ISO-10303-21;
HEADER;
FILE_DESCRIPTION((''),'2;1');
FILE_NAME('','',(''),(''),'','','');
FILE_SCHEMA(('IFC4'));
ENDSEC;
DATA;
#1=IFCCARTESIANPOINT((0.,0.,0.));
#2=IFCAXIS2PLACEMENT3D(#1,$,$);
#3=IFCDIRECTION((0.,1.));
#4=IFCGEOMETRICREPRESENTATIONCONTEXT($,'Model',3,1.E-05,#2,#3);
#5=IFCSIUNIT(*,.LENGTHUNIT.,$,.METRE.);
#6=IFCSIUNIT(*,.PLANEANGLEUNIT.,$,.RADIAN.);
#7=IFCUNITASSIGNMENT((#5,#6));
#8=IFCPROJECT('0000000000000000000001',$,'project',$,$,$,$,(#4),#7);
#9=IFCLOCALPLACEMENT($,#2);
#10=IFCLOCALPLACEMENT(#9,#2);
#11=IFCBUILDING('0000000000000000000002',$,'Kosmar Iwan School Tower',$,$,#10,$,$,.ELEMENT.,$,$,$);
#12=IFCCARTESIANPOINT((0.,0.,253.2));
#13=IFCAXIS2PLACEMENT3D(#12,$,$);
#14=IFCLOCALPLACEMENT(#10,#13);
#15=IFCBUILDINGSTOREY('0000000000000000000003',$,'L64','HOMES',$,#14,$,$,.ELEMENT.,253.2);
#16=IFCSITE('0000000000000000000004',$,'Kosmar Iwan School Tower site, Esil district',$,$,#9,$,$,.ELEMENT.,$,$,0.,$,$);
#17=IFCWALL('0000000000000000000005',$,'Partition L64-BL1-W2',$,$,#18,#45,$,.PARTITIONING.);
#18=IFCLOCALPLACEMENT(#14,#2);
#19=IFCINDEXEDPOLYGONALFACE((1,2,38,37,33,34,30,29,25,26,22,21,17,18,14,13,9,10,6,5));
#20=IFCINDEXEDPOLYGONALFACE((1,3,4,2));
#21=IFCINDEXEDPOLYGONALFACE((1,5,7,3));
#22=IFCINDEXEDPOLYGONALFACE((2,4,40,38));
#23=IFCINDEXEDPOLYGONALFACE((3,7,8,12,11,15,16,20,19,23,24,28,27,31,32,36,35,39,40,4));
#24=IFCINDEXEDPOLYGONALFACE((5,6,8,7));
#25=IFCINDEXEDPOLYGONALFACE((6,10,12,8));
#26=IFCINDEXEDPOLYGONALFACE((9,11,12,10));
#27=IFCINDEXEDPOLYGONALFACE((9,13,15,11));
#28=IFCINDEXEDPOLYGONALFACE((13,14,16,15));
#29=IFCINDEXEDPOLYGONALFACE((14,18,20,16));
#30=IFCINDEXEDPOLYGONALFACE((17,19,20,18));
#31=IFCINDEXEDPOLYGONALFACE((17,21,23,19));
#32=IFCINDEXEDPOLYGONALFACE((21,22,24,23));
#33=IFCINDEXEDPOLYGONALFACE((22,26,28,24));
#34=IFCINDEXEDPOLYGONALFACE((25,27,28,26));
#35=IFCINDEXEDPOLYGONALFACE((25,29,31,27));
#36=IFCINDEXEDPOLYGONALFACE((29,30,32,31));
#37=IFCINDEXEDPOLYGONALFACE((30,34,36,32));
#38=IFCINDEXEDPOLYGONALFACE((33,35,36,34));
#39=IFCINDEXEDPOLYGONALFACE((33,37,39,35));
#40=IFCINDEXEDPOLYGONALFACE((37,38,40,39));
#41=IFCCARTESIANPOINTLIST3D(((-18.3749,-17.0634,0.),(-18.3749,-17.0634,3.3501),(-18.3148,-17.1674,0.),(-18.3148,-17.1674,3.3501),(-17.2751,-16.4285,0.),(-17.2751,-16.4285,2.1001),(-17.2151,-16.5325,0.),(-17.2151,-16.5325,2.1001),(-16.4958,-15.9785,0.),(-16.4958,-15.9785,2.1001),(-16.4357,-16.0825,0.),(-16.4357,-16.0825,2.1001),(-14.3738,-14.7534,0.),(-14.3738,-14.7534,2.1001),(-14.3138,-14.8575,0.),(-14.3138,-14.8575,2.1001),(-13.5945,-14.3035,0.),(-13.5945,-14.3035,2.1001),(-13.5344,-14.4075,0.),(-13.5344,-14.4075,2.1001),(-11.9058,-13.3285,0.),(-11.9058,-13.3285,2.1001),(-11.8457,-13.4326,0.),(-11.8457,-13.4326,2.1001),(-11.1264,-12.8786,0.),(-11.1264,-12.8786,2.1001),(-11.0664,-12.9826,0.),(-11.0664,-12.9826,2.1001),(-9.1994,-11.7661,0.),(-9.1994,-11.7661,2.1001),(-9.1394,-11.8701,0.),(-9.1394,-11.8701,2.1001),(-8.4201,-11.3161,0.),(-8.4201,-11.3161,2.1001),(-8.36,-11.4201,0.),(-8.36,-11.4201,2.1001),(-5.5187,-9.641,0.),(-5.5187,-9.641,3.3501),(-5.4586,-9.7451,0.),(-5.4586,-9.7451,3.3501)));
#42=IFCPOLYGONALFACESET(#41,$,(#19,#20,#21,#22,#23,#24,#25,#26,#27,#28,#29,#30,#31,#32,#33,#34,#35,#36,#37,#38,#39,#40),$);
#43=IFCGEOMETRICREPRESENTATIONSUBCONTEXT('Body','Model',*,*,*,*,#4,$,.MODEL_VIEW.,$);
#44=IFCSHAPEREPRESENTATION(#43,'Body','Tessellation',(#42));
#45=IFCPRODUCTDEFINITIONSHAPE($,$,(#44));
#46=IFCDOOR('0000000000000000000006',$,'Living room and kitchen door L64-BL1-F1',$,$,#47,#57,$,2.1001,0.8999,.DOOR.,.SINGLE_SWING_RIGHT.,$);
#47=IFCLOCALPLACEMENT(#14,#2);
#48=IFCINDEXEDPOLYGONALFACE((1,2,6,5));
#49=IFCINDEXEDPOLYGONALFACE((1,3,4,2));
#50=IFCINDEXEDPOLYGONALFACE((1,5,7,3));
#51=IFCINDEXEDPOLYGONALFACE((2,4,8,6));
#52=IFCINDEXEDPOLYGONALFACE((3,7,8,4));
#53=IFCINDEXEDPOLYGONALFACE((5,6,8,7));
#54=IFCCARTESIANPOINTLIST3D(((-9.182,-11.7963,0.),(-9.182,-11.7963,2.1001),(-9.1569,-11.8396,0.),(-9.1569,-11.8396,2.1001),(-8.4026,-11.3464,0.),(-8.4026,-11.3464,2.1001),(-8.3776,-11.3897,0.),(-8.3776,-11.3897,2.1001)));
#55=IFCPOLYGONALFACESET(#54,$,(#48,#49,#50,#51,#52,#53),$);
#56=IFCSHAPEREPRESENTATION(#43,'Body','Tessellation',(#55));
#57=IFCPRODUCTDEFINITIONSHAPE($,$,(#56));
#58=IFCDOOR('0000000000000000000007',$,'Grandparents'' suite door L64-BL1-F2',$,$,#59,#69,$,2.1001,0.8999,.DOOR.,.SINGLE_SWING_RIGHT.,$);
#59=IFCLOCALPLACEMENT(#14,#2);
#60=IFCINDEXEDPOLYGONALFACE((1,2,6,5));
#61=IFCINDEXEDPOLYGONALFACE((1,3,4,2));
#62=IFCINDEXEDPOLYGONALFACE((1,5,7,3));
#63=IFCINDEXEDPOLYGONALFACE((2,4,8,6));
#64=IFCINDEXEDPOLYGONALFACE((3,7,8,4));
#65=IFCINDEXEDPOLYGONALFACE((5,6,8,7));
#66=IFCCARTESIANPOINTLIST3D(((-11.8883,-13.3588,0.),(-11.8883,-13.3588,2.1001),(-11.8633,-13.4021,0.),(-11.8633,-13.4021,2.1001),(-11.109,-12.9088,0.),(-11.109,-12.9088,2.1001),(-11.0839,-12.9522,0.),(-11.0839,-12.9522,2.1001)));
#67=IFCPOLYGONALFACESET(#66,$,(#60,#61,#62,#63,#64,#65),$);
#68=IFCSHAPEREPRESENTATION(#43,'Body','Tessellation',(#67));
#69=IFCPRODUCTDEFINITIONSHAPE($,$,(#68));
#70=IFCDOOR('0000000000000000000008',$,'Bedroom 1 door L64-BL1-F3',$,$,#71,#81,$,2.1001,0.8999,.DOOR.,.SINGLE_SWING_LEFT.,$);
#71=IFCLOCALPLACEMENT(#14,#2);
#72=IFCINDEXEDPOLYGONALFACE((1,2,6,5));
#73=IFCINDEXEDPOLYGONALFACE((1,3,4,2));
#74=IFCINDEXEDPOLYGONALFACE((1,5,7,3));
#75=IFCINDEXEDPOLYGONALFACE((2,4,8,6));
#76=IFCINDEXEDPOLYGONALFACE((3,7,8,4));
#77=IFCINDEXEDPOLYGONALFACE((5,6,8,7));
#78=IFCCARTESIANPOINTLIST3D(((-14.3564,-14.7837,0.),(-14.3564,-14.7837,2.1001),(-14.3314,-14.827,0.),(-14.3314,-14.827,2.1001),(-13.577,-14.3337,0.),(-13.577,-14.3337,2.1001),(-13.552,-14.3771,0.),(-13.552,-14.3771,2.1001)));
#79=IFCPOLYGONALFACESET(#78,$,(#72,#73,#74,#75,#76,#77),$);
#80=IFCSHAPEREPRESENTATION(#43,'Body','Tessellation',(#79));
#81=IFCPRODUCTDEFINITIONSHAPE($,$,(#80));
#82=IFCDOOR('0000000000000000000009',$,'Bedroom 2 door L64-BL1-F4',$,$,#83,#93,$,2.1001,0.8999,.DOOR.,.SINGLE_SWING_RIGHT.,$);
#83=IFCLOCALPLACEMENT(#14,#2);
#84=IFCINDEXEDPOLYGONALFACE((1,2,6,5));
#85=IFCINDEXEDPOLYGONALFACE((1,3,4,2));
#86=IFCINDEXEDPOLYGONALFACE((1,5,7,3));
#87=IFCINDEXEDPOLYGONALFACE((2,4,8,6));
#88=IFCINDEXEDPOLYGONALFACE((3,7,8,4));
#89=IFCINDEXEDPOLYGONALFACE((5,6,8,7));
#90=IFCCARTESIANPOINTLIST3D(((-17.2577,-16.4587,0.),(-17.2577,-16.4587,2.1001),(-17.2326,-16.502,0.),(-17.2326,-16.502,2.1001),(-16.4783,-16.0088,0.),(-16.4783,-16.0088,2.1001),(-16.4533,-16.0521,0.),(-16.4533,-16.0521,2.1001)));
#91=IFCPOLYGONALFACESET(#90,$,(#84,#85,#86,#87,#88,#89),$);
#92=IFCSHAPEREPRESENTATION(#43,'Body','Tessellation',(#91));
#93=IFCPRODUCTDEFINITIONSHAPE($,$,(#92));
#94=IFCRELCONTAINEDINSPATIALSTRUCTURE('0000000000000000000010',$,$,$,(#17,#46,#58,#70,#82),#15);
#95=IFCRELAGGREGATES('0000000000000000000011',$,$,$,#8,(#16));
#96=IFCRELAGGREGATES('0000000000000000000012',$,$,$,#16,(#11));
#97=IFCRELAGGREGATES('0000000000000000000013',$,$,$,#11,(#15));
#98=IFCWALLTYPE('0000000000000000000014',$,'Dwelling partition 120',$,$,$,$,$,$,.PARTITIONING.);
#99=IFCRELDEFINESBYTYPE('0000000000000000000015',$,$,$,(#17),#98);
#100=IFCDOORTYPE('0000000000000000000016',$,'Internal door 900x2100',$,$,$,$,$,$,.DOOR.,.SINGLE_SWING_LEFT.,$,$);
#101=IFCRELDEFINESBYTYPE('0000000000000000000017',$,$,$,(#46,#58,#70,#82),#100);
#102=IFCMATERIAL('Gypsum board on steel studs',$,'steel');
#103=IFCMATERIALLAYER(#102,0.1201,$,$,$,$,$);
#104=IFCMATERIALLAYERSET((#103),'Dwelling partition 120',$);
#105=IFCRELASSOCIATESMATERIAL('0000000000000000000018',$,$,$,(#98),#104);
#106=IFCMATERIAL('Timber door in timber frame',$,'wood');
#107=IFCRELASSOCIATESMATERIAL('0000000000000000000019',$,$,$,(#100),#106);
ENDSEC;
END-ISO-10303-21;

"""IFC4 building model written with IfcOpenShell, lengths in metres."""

from ifc_helpers import new_model, si_unit, direction, frame, frame_2d, origin, place, context, subcontext, project, spatial, rectangle, extrude, material, layer, layer_set, type_object, element, fill, save


model = new_model("IFC4")

# Units and contexts
model_context = context("Model", 3, precision=1e-05, world=origin(), true_north=direction((0.0, 1.0)))
body_context = subcontext(model_context, "Body", "Model", "MODEL_VIEW")
ifc_project = project(units=[si_unit("LENGTHUNIT", "METRE"), si_unit("PLANEANGLEUNIT", "RADIAN")], contexts=[model_context])

# Site, building, storey
site_placement = place(None, origin())
site = spatial("IfcSite", under=ifc_project, at=site_placement, Name="Kosmar Iwan School Tower site, Esil district", CompositionType="ELEMENT", RefElevation=0.0)
building_placement = place(site_placement, origin())
building = spatial("IfcBuilding", under=site, at=building_placement, Name="Kosmar Iwan School Tower", CompositionType="ELEMENT")
storey_placement = place(building_placement, frame((0.0, 0.0, 253.2)))
storey = spatial("IfcBuildingStorey", under=building, at=storey_placement, Name="L64", Description="HOMES", CompositionType="ELEMENT", Elevation=253.2)

# Wall, openings, doors
ifc_material_1 = material(Name="Gypsum board on steel studs", Category="steel")
ifc_layer_1 = layer(ifc_material_1, 0.1201)
ifc_layer_set_1 = layer_set([ifc_layer_1], Name="Dwelling partition 120")
wall_type_1 = type_object("IfcWallType", Name="Dwelling partition 120", PredefinedType="PARTITIONING", material=ifc_layer_set_1)
ifc_material_2 = material(Name="Timber door in timber frame", Category="wood")
door_type_1 = type_object("IfcDoorType", Name="Internal door 900x2100", OperationType="SINGLE_SWING_LEFT", PredefinedType="DOOR", material=ifc_material_2)
wall_1_placement = place(storey_placement, frame((-5.4888, -9.6931, 0.0), z_axis=(0.0, 0.0, 1.0), x_axis=(-0.86603, -0.499992, 0.0)))
wall_1 = element("IfcWall", 1, at=wall_1_placement, inside=storey, type_object=wall_type_1, Name="Partition L64-BL1-W2", PredefinedType="PARTITIONING", context=body_context, shape_type="SweptSolid", body=[
    extrude(rectangle(XDim=14.845, YDim=0.1201, at=frame_2d((7.4224, 0.0))), origin(), (0.0, 0.0, 1.0), 3.3501),
])
opening_1_placement = place(wall_1_placement, frame((3.3501, 0.0, 0.0)))
opening_1 = element("IfcOpeningElement", 2, at=opening_1_placement, cuts=wall_1, PredefinedType="OPENING", context=body_context, shape_type="SweptSolid", body=[
    extrude(rectangle(XDim=0.8999, YDim=2.1001, at=frame_2d((0.45, 1.05))), frame((0.0, 0.072, 0.0), z_axis=(0.0, -1.0, 0.0), x_axis=(1.0, 0.0, 0.0)), (0.0, 0.0, 1.0), 0.144),
])
opening_2_placement = place(wall_1_placement, frame((6.4751, 0.0, 0.0)))
opening_2 = element("IfcOpeningElement", 3, at=opening_2_placement, cuts=wall_1, PredefinedType="OPENING", context=body_context, shape_type="SweptSolid", body=[
    extrude(rectangle(XDim=0.8999, YDim=2.1001, at=frame_2d((0.45, 1.05))), frame((0.0, 0.072, 0.0), z_axis=(0.0, -1.0, 0.0), x_axis=(1.0, 0.0, 0.0)), (0.0, 0.0, 1.0), 0.144),
])
opening_3_placement = place(wall_1_placement, frame((9.325, 0.0, 0.0)))
opening_3 = element("IfcOpeningElement", 4, at=opening_3_placement, cuts=wall_1, PredefinedType="OPENING", context=body_context, shape_type="SweptSolid", body=[
    extrude(rectangle(XDim=0.8999, YDim=2.1001, at=frame_2d((0.45, 1.05))), frame((0.0, 0.072, 0.0), z_axis=(0.0, -1.0, 0.0), x_axis=(1.0, 0.0, 0.0)), (0.0, 0.0, 1.0), 0.144),
])
opening_4_placement = place(wall_1_placement, frame((12.675, 0.0, 0.0)))
opening_4 = element("IfcOpeningElement", 5, at=opening_4_placement, cuts=wall_1, PredefinedType="OPENING", context=body_context, shape_type="SweptSolid", body=[
    extrude(rectangle(XDim=0.8999, YDim=2.1001, at=frame_2d((0.45, 1.05))), frame((0.0, 0.072, 0.0), z_axis=(0.0, -1.0, 0.0), x_axis=(1.0, 0.0, 0.0)), (0.0, 0.0, 1.0), 0.144),
])
door_1_placement = place(opening_1_placement, origin())
door_1 = element("IfcDoor", 6, at=door_1_placement, inside=storey, type_object=door_type_1, Name="Living room and kitchen door L64-BL1-F1", OperationType="SINGLE_SWING_RIGHT", OverallHeight=2.1001, OverallWidth=0.8999, PredefinedType="DOOR", context=body_context, shape_type="SweptSolid", body=[
    extrude(rectangle(XDim=0.8999, YDim=2.1001, at=frame_2d((0.45, 1.05))), frame((0.0, 0.0249, 0.0), z_axis=(0.0, -1.0, 0.0), x_axis=(1.0, 0.0, 0.0)), (0.0, 0.0, 1.0), 0.05),
])
fill(opening_1, door_1)
door_2_placement = place(opening_2_placement, origin())
door_2 = element("IfcDoor", 7, at=door_2_placement, inside=storey, type_object=door_type_1, Name="Grandparents' suite door L64-BL1-F2", OperationType="SINGLE_SWING_RIGHT", OverallHeight=2.1001, OverallWidth=0.8999, PredefinedType="DOOR", context=body_context, shape_type="SweptSolid", body=[
    extrude(rectangle(XDim=0.8999, YDim=2.1001, at=frame_2d((0.45, 1.05))), frame((0.0, 0.0249, 0.0), z_axis=(0.0, -1.0, 0.0), x_axis=(1.0, 0.0, 0.0)), (0.0, 0.0, 1.0), 0.05),
])
fill(opening_2, door_2)
door_3_placement = place(opening_3_placement, origin())
door_3 = element("IfcDoor", 8, at=door_3_placement, inside=storey, type_object=door_type_1, Name="Bedroom 1 door L64-BL1-F3", OperationType="SINGLE_SWING_LEFT", OverallHeight=2.1001, OverallWidth=0.8999, PredefinedType="DOOR", context=body_context, shape_type="SweptSolid", body=[
    extrude(rectangle(XDim=0.8999, YDim=2.1001, at=frame_2d((0.45, 1.05))), frame((0.0, 0.0249, 0.0), z_axis=(0.0, -1.0, 0.0), x_axis=(1.0, 0.0, 0.0)), (0.0, 0.0, 1.0), 0.05),
])
fill(opening_3, door_3)
door_4_placement = place(opening_4_placement, origin())
door_4 = element("IfcDoor", 9, at=door_4_placement, inside=storey, type_object=door_type_1, Name="Bedroom 2 door L64-BL1-F4", OperationType="SINGLE_SWING_RIGHT", OverallHeight=2.1001, OverallWidth=0.8999, PredefinedType="DOOR", context=body_context, shape_type="SweptSolid", body=[
    extrude(rectangle(XDim=0.8999, YDim=2.1001, at=frame_2d((0.45, 1.05))), frame((0.0, 0.0249, 0.0), z_axis=(0.0, -1.0, 0.0), x_axis=(1.0, 0.0, 0.0)), (0.0, 0.0, 1.0), 0.05),
])
fill(opening_4, door_4)

save(model, "model.ifc")
